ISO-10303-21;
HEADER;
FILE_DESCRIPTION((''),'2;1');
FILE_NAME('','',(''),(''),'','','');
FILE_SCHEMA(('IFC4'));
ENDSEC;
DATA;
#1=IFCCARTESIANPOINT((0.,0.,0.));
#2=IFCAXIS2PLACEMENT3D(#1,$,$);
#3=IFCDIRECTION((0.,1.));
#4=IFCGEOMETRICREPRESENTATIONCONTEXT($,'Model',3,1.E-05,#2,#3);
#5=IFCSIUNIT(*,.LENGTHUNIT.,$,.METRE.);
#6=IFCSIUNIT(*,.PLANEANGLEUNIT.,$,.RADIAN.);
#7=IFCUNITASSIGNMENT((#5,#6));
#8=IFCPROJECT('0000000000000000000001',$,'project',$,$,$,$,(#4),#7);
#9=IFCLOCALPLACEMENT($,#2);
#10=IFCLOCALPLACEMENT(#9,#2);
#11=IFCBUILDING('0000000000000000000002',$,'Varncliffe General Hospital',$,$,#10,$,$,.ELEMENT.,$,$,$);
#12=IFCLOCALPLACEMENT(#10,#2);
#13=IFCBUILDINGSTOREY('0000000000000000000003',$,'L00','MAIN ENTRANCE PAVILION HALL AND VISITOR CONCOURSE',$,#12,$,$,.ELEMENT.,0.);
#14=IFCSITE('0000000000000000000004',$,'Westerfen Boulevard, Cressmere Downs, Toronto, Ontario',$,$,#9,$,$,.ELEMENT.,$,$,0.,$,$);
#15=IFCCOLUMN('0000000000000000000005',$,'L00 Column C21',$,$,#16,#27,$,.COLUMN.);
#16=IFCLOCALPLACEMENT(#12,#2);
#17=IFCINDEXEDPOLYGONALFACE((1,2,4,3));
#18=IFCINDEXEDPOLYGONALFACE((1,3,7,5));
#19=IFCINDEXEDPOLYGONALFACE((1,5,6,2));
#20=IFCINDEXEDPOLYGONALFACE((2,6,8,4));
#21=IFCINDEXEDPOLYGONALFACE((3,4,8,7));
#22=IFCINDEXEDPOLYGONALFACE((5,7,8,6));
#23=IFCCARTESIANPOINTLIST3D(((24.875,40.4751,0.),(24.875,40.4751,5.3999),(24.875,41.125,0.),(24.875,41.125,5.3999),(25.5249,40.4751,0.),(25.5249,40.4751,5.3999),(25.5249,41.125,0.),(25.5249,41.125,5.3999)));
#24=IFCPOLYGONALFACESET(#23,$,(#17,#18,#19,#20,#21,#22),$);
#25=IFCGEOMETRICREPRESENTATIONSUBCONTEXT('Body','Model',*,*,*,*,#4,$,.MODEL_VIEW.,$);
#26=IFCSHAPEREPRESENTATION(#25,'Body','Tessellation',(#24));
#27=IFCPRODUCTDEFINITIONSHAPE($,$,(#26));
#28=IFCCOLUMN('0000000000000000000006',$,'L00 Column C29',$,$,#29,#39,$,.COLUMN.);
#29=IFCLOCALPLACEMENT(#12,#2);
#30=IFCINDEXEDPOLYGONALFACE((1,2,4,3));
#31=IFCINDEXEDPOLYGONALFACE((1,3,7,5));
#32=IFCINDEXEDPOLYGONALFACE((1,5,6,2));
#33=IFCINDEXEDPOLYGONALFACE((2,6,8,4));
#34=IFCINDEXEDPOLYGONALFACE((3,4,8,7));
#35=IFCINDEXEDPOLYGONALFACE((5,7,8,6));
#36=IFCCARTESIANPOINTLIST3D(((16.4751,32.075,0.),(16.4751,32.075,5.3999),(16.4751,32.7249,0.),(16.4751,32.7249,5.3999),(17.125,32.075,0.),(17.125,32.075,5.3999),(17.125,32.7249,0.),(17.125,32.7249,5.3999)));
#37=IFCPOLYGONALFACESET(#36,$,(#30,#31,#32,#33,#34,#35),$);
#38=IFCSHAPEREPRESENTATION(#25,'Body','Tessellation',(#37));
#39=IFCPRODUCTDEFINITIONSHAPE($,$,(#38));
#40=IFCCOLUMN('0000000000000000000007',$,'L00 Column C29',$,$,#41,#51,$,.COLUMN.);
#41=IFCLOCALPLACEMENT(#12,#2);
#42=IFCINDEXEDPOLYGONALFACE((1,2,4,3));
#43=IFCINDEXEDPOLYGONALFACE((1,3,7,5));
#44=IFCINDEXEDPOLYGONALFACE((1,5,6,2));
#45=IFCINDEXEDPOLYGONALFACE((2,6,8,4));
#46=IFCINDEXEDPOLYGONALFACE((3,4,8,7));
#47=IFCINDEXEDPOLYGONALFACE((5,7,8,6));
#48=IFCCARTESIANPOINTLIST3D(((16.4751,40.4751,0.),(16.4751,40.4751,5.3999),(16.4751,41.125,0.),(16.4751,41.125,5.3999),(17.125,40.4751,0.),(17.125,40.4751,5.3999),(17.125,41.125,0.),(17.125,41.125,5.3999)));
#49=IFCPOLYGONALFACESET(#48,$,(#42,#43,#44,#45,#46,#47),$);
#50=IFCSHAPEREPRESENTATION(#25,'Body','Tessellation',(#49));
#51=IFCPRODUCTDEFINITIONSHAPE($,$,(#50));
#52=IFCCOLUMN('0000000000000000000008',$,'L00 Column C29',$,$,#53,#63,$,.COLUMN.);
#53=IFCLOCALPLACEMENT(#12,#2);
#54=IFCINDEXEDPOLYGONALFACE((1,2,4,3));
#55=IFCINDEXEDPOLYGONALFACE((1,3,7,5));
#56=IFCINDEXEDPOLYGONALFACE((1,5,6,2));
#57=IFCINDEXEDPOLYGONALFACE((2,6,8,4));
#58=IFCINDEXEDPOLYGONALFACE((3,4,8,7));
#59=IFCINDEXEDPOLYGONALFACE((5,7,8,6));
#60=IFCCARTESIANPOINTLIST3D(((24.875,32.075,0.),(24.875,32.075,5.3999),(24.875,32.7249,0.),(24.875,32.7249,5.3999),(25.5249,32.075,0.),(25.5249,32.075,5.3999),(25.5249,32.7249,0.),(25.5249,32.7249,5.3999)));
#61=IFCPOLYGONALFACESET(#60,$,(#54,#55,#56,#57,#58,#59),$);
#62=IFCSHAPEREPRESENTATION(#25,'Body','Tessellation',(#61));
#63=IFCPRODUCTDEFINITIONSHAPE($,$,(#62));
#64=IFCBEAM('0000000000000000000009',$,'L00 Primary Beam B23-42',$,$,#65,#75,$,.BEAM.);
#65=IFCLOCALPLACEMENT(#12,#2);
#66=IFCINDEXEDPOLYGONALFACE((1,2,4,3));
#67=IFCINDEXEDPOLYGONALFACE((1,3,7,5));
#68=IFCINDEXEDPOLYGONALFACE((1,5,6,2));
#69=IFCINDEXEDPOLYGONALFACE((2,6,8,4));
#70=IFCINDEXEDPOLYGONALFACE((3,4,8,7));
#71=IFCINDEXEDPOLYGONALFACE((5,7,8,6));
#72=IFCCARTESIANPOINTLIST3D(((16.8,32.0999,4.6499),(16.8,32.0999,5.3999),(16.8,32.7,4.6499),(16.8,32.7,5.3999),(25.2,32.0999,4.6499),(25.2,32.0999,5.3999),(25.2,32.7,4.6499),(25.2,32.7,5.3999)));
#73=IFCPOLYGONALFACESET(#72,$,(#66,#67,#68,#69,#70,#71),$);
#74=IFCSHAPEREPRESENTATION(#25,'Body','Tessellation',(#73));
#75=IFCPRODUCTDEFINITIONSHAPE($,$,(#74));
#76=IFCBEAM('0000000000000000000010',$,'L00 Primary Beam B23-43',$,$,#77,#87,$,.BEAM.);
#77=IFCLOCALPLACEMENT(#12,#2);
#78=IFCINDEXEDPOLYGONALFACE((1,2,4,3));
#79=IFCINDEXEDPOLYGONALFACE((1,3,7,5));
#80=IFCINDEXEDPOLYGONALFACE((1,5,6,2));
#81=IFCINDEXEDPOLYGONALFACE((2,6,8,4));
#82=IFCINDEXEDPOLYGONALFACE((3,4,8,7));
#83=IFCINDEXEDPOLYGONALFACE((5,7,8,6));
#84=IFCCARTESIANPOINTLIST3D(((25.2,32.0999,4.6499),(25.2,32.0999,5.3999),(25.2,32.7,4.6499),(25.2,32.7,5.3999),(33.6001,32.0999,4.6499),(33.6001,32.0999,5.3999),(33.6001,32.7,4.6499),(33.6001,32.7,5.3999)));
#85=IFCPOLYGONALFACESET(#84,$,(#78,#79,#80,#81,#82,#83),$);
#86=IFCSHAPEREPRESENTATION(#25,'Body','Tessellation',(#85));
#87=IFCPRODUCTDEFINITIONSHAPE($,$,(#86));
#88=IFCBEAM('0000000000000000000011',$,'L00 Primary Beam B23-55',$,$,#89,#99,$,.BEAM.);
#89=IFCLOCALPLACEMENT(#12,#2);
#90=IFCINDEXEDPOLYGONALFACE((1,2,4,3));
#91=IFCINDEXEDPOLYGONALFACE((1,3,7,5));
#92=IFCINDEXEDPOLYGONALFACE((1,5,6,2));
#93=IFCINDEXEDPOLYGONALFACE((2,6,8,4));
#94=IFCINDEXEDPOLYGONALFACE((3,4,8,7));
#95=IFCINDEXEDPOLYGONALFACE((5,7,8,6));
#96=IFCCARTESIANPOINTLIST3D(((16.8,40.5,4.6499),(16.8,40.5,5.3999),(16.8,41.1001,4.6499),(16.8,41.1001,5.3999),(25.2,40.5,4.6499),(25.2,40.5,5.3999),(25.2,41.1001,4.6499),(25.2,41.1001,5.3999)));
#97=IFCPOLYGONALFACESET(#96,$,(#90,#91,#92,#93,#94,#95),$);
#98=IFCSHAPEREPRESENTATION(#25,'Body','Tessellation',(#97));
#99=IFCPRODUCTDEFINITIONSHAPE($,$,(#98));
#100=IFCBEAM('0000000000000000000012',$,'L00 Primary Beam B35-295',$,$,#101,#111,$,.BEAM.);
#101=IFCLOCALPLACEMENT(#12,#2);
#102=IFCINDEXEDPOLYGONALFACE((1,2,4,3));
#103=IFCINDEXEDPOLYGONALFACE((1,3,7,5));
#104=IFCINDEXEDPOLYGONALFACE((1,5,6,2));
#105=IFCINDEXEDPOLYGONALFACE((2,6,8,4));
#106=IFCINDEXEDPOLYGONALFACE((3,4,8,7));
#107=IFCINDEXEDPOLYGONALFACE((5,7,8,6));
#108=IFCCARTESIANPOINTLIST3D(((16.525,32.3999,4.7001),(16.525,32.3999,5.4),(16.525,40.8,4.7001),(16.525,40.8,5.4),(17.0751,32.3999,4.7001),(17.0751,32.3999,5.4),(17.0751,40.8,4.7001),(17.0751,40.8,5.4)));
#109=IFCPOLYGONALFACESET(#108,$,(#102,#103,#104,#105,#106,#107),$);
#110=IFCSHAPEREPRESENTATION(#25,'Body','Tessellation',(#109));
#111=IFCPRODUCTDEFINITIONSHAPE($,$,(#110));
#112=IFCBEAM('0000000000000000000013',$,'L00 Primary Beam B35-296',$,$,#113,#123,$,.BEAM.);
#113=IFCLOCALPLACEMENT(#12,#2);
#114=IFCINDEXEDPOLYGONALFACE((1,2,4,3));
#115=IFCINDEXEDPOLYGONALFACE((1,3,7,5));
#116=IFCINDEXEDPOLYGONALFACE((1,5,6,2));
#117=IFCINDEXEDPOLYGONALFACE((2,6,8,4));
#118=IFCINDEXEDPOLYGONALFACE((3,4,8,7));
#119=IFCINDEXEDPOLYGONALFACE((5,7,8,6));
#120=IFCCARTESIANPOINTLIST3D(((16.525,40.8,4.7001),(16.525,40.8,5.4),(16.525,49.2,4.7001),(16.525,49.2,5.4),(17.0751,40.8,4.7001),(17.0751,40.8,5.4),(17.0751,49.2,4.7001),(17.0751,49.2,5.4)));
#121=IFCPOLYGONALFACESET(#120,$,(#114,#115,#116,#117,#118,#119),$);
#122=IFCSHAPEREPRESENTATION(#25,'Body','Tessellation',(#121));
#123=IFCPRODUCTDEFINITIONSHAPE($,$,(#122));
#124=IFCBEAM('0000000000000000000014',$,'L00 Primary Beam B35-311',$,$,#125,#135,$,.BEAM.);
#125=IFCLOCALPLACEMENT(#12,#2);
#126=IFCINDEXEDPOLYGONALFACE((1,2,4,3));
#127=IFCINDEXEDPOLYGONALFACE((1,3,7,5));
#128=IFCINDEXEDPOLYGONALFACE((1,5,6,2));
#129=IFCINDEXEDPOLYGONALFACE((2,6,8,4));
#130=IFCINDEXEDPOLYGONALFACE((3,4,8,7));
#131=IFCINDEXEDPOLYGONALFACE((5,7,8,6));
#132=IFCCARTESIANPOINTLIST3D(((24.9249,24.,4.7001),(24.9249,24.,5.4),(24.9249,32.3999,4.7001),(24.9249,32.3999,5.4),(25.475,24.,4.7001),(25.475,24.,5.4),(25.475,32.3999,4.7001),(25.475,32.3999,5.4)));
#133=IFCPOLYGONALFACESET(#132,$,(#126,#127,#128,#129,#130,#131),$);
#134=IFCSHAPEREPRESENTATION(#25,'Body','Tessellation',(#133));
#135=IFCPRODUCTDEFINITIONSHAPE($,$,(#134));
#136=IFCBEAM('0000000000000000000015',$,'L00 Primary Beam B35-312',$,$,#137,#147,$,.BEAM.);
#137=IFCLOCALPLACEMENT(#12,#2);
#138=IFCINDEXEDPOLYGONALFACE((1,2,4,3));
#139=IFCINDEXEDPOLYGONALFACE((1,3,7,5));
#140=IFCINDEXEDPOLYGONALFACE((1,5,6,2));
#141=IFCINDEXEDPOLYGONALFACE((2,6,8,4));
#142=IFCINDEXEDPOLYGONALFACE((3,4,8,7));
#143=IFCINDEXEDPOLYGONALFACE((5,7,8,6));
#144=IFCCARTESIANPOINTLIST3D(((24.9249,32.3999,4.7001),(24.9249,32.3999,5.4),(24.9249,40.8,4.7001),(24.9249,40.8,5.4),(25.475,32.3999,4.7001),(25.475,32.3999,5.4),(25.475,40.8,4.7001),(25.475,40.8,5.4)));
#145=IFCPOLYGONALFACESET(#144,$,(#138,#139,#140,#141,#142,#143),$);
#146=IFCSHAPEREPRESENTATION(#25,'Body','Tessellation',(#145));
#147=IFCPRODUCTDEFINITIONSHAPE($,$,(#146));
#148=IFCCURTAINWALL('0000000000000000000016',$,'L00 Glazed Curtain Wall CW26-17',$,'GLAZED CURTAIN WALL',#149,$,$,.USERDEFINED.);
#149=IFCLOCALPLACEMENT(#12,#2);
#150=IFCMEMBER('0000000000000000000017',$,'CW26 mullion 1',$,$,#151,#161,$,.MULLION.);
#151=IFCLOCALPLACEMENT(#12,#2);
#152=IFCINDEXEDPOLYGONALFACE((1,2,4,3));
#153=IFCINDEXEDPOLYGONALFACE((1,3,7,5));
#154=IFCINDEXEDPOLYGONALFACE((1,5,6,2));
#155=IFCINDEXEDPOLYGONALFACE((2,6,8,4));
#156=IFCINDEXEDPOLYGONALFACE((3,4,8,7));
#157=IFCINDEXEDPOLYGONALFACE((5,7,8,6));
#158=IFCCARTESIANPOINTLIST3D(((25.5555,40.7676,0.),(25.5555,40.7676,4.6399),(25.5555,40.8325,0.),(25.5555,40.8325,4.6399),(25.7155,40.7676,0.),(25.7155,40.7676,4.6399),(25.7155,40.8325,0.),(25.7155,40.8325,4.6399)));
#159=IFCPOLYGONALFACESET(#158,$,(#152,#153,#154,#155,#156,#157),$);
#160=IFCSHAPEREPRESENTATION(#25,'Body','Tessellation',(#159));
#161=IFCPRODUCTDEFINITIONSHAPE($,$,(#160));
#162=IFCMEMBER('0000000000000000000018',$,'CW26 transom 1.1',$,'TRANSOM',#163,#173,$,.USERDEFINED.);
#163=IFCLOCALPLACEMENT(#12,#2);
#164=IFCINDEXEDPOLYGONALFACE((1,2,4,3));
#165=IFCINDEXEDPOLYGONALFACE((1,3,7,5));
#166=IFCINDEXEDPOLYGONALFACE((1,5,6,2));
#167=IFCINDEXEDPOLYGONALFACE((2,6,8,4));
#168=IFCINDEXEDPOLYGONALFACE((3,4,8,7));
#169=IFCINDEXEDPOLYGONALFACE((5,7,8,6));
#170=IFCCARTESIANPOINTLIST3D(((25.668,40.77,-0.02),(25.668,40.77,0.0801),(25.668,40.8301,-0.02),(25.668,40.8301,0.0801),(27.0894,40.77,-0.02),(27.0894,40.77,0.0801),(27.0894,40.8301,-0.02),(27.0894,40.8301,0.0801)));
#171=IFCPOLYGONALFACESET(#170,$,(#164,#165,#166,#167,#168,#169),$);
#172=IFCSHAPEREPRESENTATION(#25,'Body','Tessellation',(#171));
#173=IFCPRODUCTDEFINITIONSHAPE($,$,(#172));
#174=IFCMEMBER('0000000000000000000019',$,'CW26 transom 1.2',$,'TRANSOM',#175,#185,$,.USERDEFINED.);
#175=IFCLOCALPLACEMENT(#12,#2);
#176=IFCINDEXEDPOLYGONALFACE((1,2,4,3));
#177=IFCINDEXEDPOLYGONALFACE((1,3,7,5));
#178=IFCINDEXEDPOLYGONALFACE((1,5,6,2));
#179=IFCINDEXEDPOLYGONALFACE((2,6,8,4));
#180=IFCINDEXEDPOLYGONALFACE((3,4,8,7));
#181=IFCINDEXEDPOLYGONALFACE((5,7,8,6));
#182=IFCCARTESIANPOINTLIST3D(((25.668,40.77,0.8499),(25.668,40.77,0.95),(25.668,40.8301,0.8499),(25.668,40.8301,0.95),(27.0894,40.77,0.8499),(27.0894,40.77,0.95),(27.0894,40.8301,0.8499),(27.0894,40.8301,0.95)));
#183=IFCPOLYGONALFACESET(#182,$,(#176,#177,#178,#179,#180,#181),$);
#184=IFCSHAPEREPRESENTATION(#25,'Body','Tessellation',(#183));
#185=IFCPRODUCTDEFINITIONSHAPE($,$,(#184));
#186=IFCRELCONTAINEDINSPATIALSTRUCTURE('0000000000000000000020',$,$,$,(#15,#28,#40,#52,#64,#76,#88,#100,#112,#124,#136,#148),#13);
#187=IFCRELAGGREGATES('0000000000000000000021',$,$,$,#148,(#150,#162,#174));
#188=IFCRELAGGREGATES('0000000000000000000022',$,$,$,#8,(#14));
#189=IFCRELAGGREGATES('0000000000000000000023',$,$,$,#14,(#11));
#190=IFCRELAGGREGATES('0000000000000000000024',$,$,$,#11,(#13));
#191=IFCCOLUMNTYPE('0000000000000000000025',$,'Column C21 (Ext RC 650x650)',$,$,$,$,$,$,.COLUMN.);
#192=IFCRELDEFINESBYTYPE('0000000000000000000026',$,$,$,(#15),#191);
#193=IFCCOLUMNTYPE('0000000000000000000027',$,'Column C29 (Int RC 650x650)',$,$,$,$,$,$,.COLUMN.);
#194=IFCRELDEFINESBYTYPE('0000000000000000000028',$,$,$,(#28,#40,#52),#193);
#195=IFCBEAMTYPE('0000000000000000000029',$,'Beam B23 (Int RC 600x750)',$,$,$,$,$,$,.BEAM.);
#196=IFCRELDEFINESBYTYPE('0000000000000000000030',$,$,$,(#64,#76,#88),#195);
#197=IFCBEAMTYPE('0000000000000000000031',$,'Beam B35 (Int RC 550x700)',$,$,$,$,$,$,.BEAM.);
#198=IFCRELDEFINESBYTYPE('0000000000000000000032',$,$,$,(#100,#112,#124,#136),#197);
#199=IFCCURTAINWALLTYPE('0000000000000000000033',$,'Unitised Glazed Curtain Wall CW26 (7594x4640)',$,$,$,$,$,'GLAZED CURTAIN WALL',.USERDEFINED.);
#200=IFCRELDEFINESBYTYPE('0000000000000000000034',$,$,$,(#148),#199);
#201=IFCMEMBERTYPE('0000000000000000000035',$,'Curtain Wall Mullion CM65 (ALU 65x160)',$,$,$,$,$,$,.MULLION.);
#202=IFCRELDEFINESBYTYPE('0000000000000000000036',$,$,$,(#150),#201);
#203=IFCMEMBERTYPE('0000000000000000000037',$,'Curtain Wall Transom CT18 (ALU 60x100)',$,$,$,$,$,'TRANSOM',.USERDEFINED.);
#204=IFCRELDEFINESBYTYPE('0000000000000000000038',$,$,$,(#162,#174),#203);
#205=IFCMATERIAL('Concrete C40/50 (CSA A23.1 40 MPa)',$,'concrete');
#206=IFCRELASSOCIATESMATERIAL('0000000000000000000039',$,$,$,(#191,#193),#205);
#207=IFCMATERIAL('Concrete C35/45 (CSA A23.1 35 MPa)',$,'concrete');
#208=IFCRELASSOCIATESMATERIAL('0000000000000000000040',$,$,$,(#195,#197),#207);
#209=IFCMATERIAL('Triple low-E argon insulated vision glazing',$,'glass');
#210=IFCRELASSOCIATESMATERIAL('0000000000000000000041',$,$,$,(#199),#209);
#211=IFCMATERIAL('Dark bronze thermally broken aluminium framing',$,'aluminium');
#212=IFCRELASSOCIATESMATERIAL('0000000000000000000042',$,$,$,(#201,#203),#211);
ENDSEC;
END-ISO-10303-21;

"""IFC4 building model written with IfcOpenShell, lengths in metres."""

from ifc_helpers import new_model, si_unit, direction, frame, origin, origin_2d, place, context, subcontext, project, spatial, rectangle, extrude, material, material_profile, profile_set, type_object, element, aggregate, save


model = new_model("IFC4")

# Units and contexts
model_context = context("Model", 3, precision=1e-05, world=origin(), true_north=direction((0.0, 1.0)))
body_context = subcontext(model_context, "Body", "Model", "MODEL_VIEW")
ifc_project = project(units=[si_unit("LENGTHUNIT", "METRE"), si_unit("PLANEANGLEUNIT", "RADIAN")], contexts=[model_context])

# Site, building, storey
site_placement = place(None, origin())
site = spatial("IfcSite", under=ifc_project, at=site_placement, Name="Westerfen Boulevard, Cressmere Downs, Toronto, Ontario", CompositionType="ELEMENT", RefElevation=0.0)
building_placement = place(site_placement, origin())
building = spatial("IfcBuilding", under=site, at=building_placement, Name="Varncliffe General Hospital", CompositionType="ELEMENT")
storey_placement = place(building_placement, origin())
storey = spatial("IfcBuildingStorey", under=building, at=storey_placement, Name="L00", Description="MAIN ENTRANCE PAVILION HALL AND VISITOR CONCOURSE", CompositionType="ELEMENT", Elevation=0.0)

# Columns
ifc_material_1 = material(Name="Concrete C40/50 (CSA A23.1 40 MPa)", Category="concrete")
ifc_material_profile_1 = material_profile(ifc_material_1, rectangle(XDim=0.6499, YDim=0.6499, at=origin_2d()), Name="RC 650x650")
ifc_profile_set_1 = profile_set([ifc_material_profile_1], Name="Concrete C40/50 (CSA A23.1 40 MPa)")
column_type_1 = type_object("IfcColumnType", Name="Column C21 (Ext RC 650x650)", PredefinedType="COLUMN", material=ifc_profile_set_1)
column_placement = place(storey_placement, frame((25.2, 40.8, 0.0), z_axis=(0.0, 0.0, 1.0), x_axis=(1.0, 0.0, 0.0)))
element("IfcColumn", 1, at=column_placement, inside=storey, type_object=column_type_1, Name="L00 Column C21", PredefinedType="COLUMN", context=body_context, shape_type="SweptSolid", body=[
    extrude(rectangle(XDim=0.6499, YDim=0.6499, at=origin_2d()), origin(), (0.0, 0.0, 1.0), 5.3999),
])
ifc_material_profile_2 = material_profile(ifc_material_1, rectangle(XDim=0.6499, YDim=0.6499, at=origin_2d()), Name="RC 650x650")
ifc_profile_set_2 = profile_set([ifc_material_profile_2], Name="Concrete C40/50 (CSA A23.1 40 MPa)")
column_type_2 = type_object("IfcColumnType", Name="Column C29 (Int RC 650x650)", PredefinedType="COLUMN", material=ifc_profile_set_2)
for number, where, z_axis, x_axis, name in (
    (2, (16.8, 32.3999, 0.0), (0.0, 0.0, 1.0), (1.0, 0.0, 0.0), "L00 Column C29"),
    (3, (16.8, 40.8, 0.0), (0.0, 0.0, 1.0), (1.0, 0.0, 0.0), "L00 Column C29"),
    (4, (25.2, 32.3999, 0.0), (0.0, 0.0, 1.0), (1.0, 0.0, 0.0), "L00 Column C29"),
):
    element("IfcColumn", number, at=place(storey_placement, frame(where, z_axis=z_axis, x_axis=x_axis)), inside=storey, type_object=column_type_2, Name=name, PredefinedType="COLUMN", context=body_context, shape_type="SweptSolid", body=[
        extrude(rectangle(XDim=0.6499, YDim=0.6499, at=origin_2d()), origin(), (0.0, 0.0, 1.0), 5.3999),
    ])

# Beams
ifc_material_2 = material(Name="Concrete C35/45 (CSA A23.1 35 MPa)", Category="concrete")
ifc_material_profile_3 = material_profile(ifc_material_2, rectangle(XDim=0.6001, YDim=0.75, at=origin_2d()), Name="RC 600x750")
ifc_profile_set_3 = profile_set([ifc_material_profile_3], Name="Concrete C35/45 (CSA A23.1 35 MPa)")
beam_type_1 = type_object("IfcBeamType", Name="Beam B23 (Int RC 600x750)", PredefinedType="BEAM", material=ifc_profile_set_3)
beam_1_placement = place(storey_placement, frame((16.8, 32.3999, 5.0249), z_axis=(1.0, 0.0, 0.0), x_axis=(0.0, 1.0, 0.0)))
element("IfcBeam", 5, at=beam_1_placement, inside=storey, type_object=beam_type_1, Name="L00 Primary Beam B23-42", PredefinedType="BEAM", context=body_context, shape_type="SweptSolid", body=[
    extrude(rectangle(XDim=0.6001, YDim=0.75, at=origin_2d()), origin(), (0.0, 0.0, 1.0), 8.3999),
])
beam_2_placement = place(storey_placement, frame((25.2, 32.3999, 5.0249), z_axis=(1.0, 0.0, 0.0), x_axis=(0.0, 1.0, 0.0)))
element("IfcBeam", 6, at=beam_2_placement, inside=storey, type_object=beam_type_1, Name="L00 Primary Beam B23-43", PredefinedType="BEAM", context=body_context, shape_type="SweptSolid", body=[
    extrude(rectangle(XDim=0.6001, YDim=0.75, at=origin_2d()), origin(), (0.0, 0.0, 1.0), 8.4001),
])
beam_3_placement = place(storey_placement, frame((16.8, 40.8, 5.0249), z_axis=(1.0, 0.0, 0.0), x_axis=(0.0, 1.0, 0.0)))
element("IfcBeam", 7, at=beam_3_placement, inside=storey, type_object=beam_type_1, Name="L00 Primary Beam B23-55", PredefinedType="BEAM", context=body_context, shape_type="SweptSolid", body=[
    extrude(rectangle(XDim=0.6001, YDim=0.75, at=origin_2d()), origin(), (0.0, 0.0, 1.0), 8.3999),
])
ifc_material_profile_4 = material_profile(ifc_material_2, rectangle(XDim=0.55, YDim=0.7, at=origin_2d()), Name="RC 550x700")
ifc_profile_set_4 = profile_set([ifc_material_profile_4], Name="Concrete C35/45 (CSA A23.1 35 MPa)")
beam_type_2 = type_object("IfcBeamType", Name="Beam B35 (Int RC 550x700)", PredefinedType="BEAM", material=ifc_profile_set_4)
beam_4_placement = place(storey_placement, frame((16.8, 32.3999, 5.05), z_axis=(0.0, 1.0, 0.0), x_axis=(-1.0, 0.0, 0.0)))
element("IfcBeam", 8, at=beam_4_placement, inside=storey, type_object=beam_type_2, Name="L00 Primary Beam B35-295", PredefinedType="BEAM", context=body_context, shape_type="SweptSolid", body=[
    extrude(rectangle(XDim=0.55, YDim=0.7, at=origin_2d()), origin(), (0.0, 0.0, 1.0), 8.4001),
])
for number, where, z_axis, x_axis, name in (
    (9, (16.8, 40.8, 5.05), (0.0, 1.0, 0.0), (-1.0, 0.0, 0.0), "L00 Primary Beam B35-296"),
    (10, (25.2, 24.0, 5.05), (0.0, 1.0, 0.0), (-1.0, 0.0, 0.0), "L00 Primary Beam B35-311"),
):
    element("IfcBeam", number, at=place(storey_placement, frame(where, z_axis=z_axis, x_axis=x_axis)), inside=storey, type_object=beam_type_2, Name=name, PredefinedType="BEAM", context=body_context, shape_type="SweptSolid", body=[
        extrude(rectangle(XDim=0.55, YDim=0.7, at=origin_2d()), origin(), (0.0, 0.0, 1.0), 8.3999),
    ])
beam_5_placement = place(storey_placement, frame((25.2, 32.3999, 5.05), z_axis=(0.0, 1.0, 0.0), x_axis=(-1.0, 0.0, 0.0)))
element("IfcBeam", 11, at=beam_5_placement, inside=storey, type_object=beam_type_2, Name="L00 Primary Beam B35-312", PredefinedType="BEAM", context=body_context, shape_type="SweptSolid", body=[
    extrude(rectangle(XDim=0.55, YDim=0.7, at=origin_2d()), origin(), (0.0, 0.0, 1.0), 8.4001),
])

# Curtain wall, members
ifc_material_3 = material(Name="Triple low-E argon insulated vision glazing", Category="glass")
curtain_wall_type = type_object("IfcCurtainWallType", Name="Unitised Glazed Curtain Wall CW26 (7594x4640)", ElementType="GLAZED CURTAIN WALL", PredefinedType="USERDEFINED", material=ifc_material_3)
curtain_wall_placement = place(storey_placement, origin())
curtain_wall = element("IfcCurtainWall", 12, at=curtain_wall_placement, inside=storey, type_object=curtain_wall_type, Name="L00 Glazed Curtain Wall CW26-17", ObjectType="GLAZED CURTAIN WALL", PredefinedType="USERDEFINED")
ifc_material_4 = material(Name="Dark bronze thermally broken aluminium framing", Category="aluminium")
ifc_material_profile_5 = material_profile(ifc_material_4, rectangle(XDim=0.0649, YDim=0.1599, at=origin_2d()), Name="ALU 65x160")
ifc_profile_set_5 = profile_set([ifc_material_profile_5], Name="Dark bronze thermally broken aluminium framing")
member_type_1 = type_object("IfcMemberType", Name="Curtain Wall Mullion CM65 (ALU 65x160)", PredefinedType="MULLION", material=ifc_profile_set_5)
member_1_placement = place(storey_placement, frame((25.6355, 40.8, 0.0), z_axis=(0.0, 0.0, 1.0), x_axis=(0.0, 1.0, 0.0)))
member_1 = element("IfcMember", 13, at=member_1_placement, type_object=member_type_1, Name="CW26 mullion 1", PredefinedType="MULLION", context=body_context, shape_type="SweptSolid", body=[
    extrude(rectangle(XDim=0.0649, YDim=0.1599, at=origin_2d()), origin(), (0.0, 0.0, 1.0), 4.6399),
])
ifc_material_profile_6 = material_profile(ifc_material_4, rectangle(XDim=0.0601, YDim=0.1001, at=origin_2d()), Name="ALU 60x100")
ifc_profile_set_6 = profile_set([ifc_material_profile_6], Name="Dark bronze thermally broken aluminium framing")
member_type_2 = type_object("IfcMemberType", Name="Curtain Wall Transom CT18 (ALU 60x100)", ElementType="TRANSOM", PredefinedType="USERDEFINED", material=ifc_profile_set_6)
member_2_placement = place(storey_placement, frame((25.668, 40.8, 0.03), z_axis=(1.0, 0.0, 0.0), x_axis=(0.0, 1.0, 0.0)))
member_2 = element("IfcMember", 14, at=member_2_placement, type_object=member_type_2, Name="CW26 transom 1.1", ObjectType="TRANSOM", PredefinedType="USERDEFINED", context=body_context, shape_type="SweptSolid", body=[
    extrude(rectangle(XDim=0.0601, YDim=0.1001, at=origin_2d()), origin(), (0.0, 0.0, 1.0), 1.4214),
])
member_3_placement = place(storey_placement, frame((25.668, 40.8, 0.8999), z_axis=(1.0, 0.0, 0.0), x_axis=(0.0, 1.0, 0.0)))
member_3 = element("IfcMember", 15, at=member_3_placement, type_object=member_type_2, Name="CW26 transom 1.2", ObjectType="TRANSOM", PredefinedType="USERDEFINED", context=body_context, shape_type="SweptSolid", body=[
    extrude(rectangle(XDim=0.0601, YDim=0.1001, at=origin_2d()), origin(), (0.0, 0.0, 1.0), 1.4214),
])
aggregate(curtain_wall, [member_1, member_2, member_3])

save(model, "model.ifc")
